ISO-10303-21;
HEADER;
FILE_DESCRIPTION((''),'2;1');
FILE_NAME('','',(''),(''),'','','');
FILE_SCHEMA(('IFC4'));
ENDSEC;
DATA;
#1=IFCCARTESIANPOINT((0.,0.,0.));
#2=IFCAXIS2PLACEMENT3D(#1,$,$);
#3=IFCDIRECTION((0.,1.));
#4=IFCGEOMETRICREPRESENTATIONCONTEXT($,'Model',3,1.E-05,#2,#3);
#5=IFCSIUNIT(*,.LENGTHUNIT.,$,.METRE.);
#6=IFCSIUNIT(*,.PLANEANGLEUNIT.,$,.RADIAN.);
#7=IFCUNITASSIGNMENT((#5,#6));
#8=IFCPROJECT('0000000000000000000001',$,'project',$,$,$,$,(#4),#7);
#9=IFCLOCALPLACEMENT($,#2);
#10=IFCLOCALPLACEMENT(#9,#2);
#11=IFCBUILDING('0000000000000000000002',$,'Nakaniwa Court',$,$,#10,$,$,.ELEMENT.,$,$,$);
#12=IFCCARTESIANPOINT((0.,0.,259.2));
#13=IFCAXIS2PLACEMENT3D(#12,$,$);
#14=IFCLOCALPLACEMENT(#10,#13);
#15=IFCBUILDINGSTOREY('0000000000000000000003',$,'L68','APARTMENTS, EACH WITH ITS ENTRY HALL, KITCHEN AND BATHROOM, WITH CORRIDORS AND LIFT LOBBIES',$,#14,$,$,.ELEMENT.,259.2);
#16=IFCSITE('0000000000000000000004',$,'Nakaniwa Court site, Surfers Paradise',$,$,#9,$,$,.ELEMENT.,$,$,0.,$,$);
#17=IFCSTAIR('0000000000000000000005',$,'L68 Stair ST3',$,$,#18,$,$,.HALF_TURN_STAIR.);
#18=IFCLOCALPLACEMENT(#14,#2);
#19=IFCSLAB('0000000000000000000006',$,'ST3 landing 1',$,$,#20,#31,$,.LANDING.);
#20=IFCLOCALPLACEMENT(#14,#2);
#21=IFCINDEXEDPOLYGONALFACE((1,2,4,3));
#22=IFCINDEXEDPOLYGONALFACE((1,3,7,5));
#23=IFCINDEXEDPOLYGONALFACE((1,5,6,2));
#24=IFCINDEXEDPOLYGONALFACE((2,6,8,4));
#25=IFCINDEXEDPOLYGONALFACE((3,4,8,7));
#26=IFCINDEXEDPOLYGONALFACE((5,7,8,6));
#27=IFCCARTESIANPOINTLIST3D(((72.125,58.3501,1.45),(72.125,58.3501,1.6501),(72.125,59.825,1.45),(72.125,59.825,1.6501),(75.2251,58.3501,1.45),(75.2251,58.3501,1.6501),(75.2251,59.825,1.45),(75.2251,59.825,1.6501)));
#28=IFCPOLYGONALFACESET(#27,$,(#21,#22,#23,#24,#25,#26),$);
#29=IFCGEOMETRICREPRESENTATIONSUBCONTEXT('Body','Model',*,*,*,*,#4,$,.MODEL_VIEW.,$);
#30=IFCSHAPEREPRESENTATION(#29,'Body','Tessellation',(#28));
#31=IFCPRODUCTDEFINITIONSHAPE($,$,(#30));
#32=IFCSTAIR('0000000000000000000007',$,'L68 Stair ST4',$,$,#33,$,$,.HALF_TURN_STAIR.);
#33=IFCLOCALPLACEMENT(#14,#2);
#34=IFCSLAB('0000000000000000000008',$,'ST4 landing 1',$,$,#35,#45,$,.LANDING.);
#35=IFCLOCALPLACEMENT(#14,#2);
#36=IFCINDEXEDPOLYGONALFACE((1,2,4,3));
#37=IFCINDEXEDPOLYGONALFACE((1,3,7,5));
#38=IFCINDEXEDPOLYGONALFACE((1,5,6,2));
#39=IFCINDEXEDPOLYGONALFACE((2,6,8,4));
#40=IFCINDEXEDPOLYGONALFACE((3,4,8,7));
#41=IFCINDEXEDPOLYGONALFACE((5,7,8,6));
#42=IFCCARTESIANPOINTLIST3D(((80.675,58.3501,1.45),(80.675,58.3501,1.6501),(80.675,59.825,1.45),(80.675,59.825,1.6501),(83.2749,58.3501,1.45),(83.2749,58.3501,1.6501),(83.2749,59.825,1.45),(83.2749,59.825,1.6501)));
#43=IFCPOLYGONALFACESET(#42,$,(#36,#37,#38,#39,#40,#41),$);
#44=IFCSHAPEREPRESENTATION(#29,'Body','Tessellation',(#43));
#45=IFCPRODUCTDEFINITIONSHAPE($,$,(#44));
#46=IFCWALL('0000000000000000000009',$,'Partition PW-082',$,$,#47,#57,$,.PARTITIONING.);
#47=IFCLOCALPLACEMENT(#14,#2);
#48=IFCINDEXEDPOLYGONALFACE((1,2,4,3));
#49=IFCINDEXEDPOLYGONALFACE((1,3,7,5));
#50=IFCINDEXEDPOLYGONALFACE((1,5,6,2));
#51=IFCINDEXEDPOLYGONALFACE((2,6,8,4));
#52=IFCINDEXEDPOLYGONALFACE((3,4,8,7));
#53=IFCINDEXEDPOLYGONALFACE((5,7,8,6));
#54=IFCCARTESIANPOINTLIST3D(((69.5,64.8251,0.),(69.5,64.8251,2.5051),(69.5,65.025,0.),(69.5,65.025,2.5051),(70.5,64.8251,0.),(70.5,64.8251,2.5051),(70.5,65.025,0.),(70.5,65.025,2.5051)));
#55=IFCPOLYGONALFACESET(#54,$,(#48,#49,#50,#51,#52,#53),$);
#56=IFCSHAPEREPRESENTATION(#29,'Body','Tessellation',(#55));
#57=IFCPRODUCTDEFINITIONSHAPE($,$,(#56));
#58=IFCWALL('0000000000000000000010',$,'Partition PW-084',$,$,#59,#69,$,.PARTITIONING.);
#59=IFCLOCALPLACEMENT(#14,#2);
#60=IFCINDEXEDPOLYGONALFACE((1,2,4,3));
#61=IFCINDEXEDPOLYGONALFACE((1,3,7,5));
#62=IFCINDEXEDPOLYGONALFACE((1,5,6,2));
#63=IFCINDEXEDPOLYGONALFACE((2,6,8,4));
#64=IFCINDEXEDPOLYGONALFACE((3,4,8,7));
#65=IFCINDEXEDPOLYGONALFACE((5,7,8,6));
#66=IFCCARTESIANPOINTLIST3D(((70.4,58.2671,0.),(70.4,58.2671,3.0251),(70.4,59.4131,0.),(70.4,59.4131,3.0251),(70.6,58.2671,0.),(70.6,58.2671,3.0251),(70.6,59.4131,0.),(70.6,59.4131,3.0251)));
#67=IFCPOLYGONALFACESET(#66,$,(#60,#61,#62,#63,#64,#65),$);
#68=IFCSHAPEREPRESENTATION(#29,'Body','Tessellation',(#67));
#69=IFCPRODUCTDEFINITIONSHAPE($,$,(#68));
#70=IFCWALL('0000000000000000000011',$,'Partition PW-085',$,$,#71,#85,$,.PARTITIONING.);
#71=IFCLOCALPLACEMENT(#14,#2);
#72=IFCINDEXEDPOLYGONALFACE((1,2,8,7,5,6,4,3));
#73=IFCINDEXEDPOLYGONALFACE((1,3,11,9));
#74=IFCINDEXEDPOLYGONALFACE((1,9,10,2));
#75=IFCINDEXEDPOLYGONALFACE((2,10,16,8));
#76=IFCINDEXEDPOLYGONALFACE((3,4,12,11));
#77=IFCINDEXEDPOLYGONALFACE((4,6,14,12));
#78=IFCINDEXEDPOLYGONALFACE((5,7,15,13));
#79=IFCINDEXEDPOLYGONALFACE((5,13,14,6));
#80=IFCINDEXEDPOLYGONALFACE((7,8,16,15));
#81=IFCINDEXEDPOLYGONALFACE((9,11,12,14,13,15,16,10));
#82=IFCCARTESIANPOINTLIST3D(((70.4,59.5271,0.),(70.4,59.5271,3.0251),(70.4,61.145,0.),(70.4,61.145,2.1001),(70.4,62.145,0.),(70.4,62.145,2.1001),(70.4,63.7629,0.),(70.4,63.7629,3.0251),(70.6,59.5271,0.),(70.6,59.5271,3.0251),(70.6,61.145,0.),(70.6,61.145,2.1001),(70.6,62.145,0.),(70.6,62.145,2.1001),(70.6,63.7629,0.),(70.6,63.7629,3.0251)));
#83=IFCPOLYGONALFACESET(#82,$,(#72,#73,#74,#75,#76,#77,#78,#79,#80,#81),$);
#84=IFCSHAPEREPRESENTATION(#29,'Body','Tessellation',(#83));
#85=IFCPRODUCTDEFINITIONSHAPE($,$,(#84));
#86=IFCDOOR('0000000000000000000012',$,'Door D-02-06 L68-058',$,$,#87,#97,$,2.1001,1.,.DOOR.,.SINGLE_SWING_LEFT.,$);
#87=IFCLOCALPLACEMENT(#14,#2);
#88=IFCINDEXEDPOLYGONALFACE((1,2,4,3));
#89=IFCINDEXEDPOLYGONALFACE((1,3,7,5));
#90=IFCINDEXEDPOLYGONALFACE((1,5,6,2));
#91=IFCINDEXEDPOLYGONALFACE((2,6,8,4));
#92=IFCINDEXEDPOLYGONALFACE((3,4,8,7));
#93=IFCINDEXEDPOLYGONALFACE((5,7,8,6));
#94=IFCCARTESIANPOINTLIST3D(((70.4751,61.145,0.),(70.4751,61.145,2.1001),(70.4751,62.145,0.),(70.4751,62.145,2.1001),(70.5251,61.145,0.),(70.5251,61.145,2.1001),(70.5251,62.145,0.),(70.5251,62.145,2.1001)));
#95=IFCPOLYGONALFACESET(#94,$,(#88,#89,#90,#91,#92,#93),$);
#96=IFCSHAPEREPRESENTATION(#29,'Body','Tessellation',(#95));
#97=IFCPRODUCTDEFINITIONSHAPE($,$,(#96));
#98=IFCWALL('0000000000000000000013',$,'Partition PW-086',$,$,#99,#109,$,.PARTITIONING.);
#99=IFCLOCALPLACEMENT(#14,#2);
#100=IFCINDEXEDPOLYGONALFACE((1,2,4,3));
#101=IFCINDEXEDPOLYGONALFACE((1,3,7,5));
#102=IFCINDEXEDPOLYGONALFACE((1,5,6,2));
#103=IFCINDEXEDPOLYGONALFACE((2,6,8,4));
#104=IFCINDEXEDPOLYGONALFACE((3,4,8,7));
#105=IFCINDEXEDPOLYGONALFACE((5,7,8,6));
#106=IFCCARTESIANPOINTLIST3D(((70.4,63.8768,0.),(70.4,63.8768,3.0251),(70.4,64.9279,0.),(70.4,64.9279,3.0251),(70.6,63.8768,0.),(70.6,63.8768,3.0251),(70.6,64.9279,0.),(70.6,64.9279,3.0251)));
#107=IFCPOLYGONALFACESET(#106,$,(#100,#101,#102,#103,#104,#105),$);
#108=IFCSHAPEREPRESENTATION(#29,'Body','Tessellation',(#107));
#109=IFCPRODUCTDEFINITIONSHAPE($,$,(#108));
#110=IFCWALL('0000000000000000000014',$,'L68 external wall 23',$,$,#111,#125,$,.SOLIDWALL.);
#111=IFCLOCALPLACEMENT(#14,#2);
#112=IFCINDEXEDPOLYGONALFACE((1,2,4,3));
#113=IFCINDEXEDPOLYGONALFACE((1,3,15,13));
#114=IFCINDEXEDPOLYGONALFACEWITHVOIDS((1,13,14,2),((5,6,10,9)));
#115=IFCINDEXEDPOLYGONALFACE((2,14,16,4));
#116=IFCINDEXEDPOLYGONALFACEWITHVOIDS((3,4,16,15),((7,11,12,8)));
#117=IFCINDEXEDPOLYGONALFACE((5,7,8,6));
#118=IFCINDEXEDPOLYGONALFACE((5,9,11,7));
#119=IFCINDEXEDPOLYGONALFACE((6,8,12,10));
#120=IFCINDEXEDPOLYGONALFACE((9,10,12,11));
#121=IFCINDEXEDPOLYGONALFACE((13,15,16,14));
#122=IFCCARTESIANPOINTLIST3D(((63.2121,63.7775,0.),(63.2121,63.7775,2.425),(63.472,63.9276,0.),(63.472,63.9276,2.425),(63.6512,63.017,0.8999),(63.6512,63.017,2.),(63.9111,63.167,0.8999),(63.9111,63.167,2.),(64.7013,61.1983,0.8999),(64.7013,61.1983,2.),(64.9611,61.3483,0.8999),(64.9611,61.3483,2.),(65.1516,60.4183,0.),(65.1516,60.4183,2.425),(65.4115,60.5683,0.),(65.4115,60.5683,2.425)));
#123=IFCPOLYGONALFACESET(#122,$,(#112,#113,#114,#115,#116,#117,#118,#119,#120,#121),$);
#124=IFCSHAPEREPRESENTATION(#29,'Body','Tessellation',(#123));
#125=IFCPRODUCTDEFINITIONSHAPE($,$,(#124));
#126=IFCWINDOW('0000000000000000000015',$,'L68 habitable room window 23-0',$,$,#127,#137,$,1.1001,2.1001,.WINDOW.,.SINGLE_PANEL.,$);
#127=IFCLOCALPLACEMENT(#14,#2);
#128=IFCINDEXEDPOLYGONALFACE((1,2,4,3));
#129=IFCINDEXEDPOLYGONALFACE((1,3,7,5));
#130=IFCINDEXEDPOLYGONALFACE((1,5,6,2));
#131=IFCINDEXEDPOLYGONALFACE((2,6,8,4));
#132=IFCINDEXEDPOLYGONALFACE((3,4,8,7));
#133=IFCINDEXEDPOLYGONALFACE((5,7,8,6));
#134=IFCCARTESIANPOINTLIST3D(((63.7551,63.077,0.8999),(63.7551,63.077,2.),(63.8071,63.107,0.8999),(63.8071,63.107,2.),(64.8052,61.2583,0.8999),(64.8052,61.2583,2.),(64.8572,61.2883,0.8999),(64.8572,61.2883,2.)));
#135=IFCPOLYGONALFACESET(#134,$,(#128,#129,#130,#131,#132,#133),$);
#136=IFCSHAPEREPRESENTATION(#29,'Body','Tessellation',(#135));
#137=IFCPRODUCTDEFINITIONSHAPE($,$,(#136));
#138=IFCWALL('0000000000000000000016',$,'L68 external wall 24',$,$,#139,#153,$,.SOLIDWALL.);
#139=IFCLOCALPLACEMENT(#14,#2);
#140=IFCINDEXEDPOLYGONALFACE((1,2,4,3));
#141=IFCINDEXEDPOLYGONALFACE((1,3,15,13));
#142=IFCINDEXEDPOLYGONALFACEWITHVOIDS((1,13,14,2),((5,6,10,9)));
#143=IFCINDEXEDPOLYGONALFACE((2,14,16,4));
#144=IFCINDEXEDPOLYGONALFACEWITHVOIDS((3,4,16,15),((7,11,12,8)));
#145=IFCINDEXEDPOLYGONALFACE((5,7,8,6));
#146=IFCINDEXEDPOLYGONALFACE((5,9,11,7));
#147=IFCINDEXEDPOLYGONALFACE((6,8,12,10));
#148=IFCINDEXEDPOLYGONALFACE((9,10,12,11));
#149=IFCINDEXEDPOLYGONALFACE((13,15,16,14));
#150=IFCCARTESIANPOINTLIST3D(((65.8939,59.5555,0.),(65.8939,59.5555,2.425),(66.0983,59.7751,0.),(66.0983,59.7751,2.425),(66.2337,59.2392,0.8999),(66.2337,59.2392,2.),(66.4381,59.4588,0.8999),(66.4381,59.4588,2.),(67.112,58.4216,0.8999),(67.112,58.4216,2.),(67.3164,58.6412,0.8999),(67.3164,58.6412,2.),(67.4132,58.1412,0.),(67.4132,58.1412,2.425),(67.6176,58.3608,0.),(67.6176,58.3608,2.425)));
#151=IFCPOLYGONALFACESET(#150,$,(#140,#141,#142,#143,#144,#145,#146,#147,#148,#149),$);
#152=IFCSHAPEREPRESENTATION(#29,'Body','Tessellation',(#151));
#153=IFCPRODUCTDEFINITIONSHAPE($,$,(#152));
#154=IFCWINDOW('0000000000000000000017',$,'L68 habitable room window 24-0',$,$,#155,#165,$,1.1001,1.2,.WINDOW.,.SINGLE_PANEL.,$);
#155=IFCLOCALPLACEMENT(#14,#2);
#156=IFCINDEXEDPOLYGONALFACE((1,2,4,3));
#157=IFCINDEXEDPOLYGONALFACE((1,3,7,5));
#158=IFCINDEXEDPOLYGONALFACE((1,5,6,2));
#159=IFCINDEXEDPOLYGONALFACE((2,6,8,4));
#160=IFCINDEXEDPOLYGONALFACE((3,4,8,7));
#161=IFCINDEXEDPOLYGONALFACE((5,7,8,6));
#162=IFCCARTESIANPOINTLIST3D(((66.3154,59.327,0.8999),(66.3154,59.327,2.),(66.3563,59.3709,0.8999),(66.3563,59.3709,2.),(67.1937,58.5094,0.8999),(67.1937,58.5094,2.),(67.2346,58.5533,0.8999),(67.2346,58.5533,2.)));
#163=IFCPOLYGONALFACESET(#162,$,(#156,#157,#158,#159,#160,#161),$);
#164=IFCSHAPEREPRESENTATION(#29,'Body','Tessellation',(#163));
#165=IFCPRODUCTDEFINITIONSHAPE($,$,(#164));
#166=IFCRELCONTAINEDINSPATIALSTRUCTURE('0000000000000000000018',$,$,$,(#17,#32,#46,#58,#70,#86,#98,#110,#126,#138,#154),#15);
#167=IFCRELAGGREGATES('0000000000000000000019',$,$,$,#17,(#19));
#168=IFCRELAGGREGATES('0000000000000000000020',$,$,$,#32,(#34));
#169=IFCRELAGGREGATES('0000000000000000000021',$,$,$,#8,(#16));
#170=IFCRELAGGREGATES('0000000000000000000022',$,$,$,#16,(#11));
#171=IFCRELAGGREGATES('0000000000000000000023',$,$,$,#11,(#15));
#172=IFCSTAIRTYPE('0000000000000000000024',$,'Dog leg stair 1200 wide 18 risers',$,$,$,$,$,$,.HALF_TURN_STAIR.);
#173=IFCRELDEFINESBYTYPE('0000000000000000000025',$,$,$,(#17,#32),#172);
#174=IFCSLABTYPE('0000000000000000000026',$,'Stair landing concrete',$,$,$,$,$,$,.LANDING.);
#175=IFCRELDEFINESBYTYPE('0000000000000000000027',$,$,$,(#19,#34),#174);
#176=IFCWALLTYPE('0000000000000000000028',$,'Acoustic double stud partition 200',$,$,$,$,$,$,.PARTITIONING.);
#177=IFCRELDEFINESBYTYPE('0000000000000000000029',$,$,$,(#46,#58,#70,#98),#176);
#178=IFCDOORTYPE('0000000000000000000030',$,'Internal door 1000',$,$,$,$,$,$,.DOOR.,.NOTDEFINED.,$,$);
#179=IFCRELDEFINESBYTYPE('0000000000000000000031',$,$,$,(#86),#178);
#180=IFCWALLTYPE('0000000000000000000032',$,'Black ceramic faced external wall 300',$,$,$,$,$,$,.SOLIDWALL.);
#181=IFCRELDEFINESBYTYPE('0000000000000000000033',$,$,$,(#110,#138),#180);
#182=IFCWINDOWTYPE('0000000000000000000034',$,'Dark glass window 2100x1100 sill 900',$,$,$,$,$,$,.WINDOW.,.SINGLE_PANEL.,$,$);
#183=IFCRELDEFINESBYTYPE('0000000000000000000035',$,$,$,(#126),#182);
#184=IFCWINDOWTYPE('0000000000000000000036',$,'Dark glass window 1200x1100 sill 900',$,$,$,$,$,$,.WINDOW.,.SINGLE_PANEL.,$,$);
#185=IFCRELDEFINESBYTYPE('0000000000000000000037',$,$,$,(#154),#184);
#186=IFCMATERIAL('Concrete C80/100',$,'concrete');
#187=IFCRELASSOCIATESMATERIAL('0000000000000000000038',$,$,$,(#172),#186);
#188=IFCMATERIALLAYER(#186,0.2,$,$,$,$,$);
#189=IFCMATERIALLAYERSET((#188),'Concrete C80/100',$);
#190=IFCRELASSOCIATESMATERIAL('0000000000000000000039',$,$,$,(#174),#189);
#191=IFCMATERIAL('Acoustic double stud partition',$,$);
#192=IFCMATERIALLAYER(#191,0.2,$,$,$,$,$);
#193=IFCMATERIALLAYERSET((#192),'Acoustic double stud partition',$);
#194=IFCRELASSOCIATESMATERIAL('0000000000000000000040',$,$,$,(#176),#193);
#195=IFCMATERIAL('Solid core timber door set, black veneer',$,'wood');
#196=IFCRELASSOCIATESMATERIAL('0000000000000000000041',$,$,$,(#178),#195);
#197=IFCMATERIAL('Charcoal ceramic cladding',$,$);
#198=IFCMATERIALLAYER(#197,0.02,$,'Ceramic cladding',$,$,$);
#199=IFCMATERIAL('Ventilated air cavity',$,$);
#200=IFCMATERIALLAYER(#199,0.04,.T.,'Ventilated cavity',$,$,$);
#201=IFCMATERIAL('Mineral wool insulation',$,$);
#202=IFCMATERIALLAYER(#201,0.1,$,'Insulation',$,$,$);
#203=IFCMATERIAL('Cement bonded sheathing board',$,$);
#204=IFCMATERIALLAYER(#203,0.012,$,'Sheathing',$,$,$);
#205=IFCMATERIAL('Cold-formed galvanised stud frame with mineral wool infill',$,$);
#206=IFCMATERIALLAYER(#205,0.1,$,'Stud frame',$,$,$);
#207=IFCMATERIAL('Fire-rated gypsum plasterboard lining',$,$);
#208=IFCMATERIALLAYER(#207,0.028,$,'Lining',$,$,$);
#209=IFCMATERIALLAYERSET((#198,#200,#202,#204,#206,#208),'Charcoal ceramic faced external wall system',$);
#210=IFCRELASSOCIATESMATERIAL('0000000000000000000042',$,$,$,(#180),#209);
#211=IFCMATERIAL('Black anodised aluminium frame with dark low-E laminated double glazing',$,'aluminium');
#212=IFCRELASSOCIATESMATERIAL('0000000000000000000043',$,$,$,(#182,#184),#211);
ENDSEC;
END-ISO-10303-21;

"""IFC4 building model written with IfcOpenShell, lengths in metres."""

from ifc_helpers import new_model, si_unit, direction, frame, frame_2d, origin, place, context, subcontext, project, spatial, polyline, rectangle, outline, extrude, material, layer, layer_set, type_object, element, fill, aggregate, save


model = new_model("IFC4")

# Units and contexts
model_context = context("Model", 3, precision=1e-05, world=origin(), true_north=direction((0.0, 1.0)))
body_context = subcontext(model_context, "Body", "Model", "MODEL_VIEW")
ifc_project = project(units=[si_unit("LENGTHUNIT", "METRE"), si_unit("PLANEANGLEUNIT", "RADIAN")], contexts=[model_context])

# Site, building, storey
site_placement = place(None, origin())
site = spatial("IfcSite", under=ifc_project, at=site_placement, Name="Nakaniwa Court site, Surfers Paradise", CompositionType="ELEMENT", RefElevation=0.0)
building_placement = place(site_placement, origin())
building = spatial("IfcBuilding", under=site, at=building_placement, Name="Nakaniwa Court", CompositionType="ELEMENT")
storey_placement = place(building_placement, frame((0.0, 0.0, 259.2)))
storey = spatial("IfcBuildingStorey", under=building, at=storey_placement, Name="L68", Description="APARTMENTS, EACH WITH ITS ENTRY HALL, KITCHEN AND BATHROOM, WITH CORRIDORS AND LIFT LOBBIES", CompositionType="ELEMENT", Elevation=259.2)

# Shared definitions
ifc_material_1 = material(Name="Concrete C80/100", Category="concrete")

# Stairs, slabs
stair_type = type_object("IfcStairType", Name="Dog leg stair 1200 wide 18 risers", PredefinedType="HALF_TURN_STAIR", material=ifc_material_1)
ifc_layer_1 = layer(ifc_material_1, 0.2)
ifc_layer_set_1 = layer_set([ifc_layer_1], Name="Concrete C80/100")
slab_type_1 = type_object("IfcSlabType", Name="Stair landing concrete", PredefinedType="LANDING", material=ifc_layer_set_1)
stair_1_placement = place(storey_placement, origin())
stair_1 = element("IfcStair", 1, at=stair_1_placement, inside=storey, type_object=stair_type, Name="L68 Stair ST3", PredefinedType="HALF_TURN_STAIR")
slab_1_placement = place(storey_placement, frame((0.0, 0.0, 1.45)))
slab_1 = element("IfcSlab", 2, at=slab_1_placement, type_object=slab_type_1, Name="ST3 landing 1", PredefinedType="LANDING", context=body_context, shape_type="SweptSolid", body=[
    extrude(outline(polyline([(75.2251, 58.3501), (75.2251, 59.825), (72.125, 59.825), (72.125, 58.3501), (75.2251, 58.3501)])), origin(), (0.0, 0.0, 1.0), 0.2002),
])
aggregate(stair_1, [slab_1])
stair_2_placement = place(storey_placement, origin())
stair_2 = element("IfcStair", 3, at=stair_2_placement, inside=storey, type_object=stair_type, Name="L68 Stair ST4", PredefinedType="HALF_TURN_STAIR")
slab_2_placement = place(storey_placement, frame((0.0, 0.0, 1.45)))
slab_2 = element("IfcSlab", 4, at=slab_2_placement, type_object=slab_type_1, Name="ST4 landing 1", PredefinedType="LANDING", context=body_context, shape_type="SweptSolid", body=[
    extrude(outline(polyline([(83.2749, 58.3501), (83.2749, 59.825), (80.675, 59.825), (80.675, 58.3501), (83.2749, 58.3501)])), origin(), (0.0, 0.0, 1.0), 0.2002),
])
aggregate(stair_2, [slab_2])

# Walls
ifc_material_2 = material(Name="Acoustic double stud partition")
ifc_layer_2 = layer(ifc_material_2, 0.2)
ifc_layer_set_2 = layer_set([ifc_layer_2], Name="Acoustic double stud partition")
wall_type_1 = type_object("IfcWallType", Name="Acoustic double stud partition 200", PredefinedType="PARTITIONING", material=ifc_layer_set_2)
wall_1_placement = place(storey_placement, frame((69.5, 64.925, 0.0), z_axis=(0.0, 0.0, 1.0), x_axis=(1.0, 0.0, 0.0)))
element("IfcWall", 5, at=wall_1_placement, inside=storey, type_object=wall_type_1, Name="Partition PW-082", PredefinedType="PARTITIONING", context=body_context, shape_type="SweptSolid", body=[
    extrude(rectangle(XDim=1.0, YDim=0.2, at=frame_2d((0.5, 0.0))), origin(), (0.0, 0.0, 1.0), 2.5051),
])
wall_2_placement = place(storey_placement, frame((70.5, 58.2671, 0.0), z_axis=(0.0, 0.0, 1.0), x_axis=(0.0, 1.0, 0.0)))
element("IfcWall", 6, at=wall_2_placement, inside=storey, type_object=wall_type_1, Name="Partition PW-084", PredefinedType="PARTITIONING", context=body_context, shape_type="SweptSolid", body=[
    extrude(rectangle(XDim=1.146, YDim=0.2, at=frame_2d((0.573, 0.0))), origin(), (0.0, 0.0, 1.0), 3.0251),
])

# Wall, opening, door
wall_3_placement = place(storey_placement, frame((70.5, 59.5271, 0.0), z_axis=(0.0, 0.0, 1.0), x_axis=(0.0, 1.0, 0.0)))
wall_3 = element("IfcWall", 7, at=wall_3_placement, inside=storey, type_object=wall_type_1, Name="Partition PW-085", PredefinedType="PARTITIONING", context=body_context, shape_type="SweptSolid", body=[
    extrude(rectangle(XDim=4.2358, YDim=0.2, at=frame_2d((2.1179, 0.0))), origin(), (0.0, 0.0, 1.0), 3.0251),
])
opening_1_placement = place(wall_3_placement, frame((1.6179, 0.0, 0.0)))
opening_1 = element("IfcOpeningElement", 8, at=opening_1_placement, cuts=wall_3, PredefinedType="OPENING", context=body_context, shape_type="SweptSolid", body=[
    extrude(rectangle(XDim=1.0, YDim=2.1001, at=frame_2d((0.5, 1.05))), frame((0.0, 0.1099, 0.0), z_axis=(0.0, -1.0, 0.0), x_axis=(1.0, 0.0, 0.0)), (0.0, 0.0, 1.0), 0.22),
])
ifc_material_3 = material(Name="Solid core timber door set, black veneer", Category="wood")
door_type = type_object("IfcDoorType", Name="Internal door 1000", OperationType="NOTDEFINED", PredefinedType="DOOR", material=ifc_material_3)
door_placement = place(opening_1_placement, origin())
door = element("IfcDoor", 9, at=door_placement, inside=storey, type_object=door_type, Name="Door D-02-06 L68-058", OperationType="SINGLE_SWING_LEFT", OverallHeight=2.1001, OverallWidth=1.0, PredefinedType="DOOR", context=body_context, shape_type="SweptSolid", body=[
    extrude(rectangle(XDim=1.0, YDim=2.1001, at=frame_2d((0.5, 1.05))), frame((0.0, 0.0249, 0.0), z_axis=(0.0, -1.0, 0.0), x_axis=(1.0, 0.0, 0.0)), (0.0, 0.0, 1.0), 0.05),
])
fill(opening_1, door)

# Wall
wall_4_placement = place(storey_placement, frame((70.5, 63.877, 0.0), z_axis=(0.0, 0.0, 1.0), x_axis=(0.0, 1.0, 0.0)))
element("IfcWall", 10, at=wall_4_placement, inside=storey, type_object=wall_type_1, Name="Partition PW-086", PredefinedType="PARTITIONING", context=body_context, shape_type="SweptSolid", body=[
    extrude(rectangle(XDim=1.051, YDim=0.2, at=frame_2d((0.5254, 0.0))), origin(), (0.0, 0.0, 1.0), 3.0251),
])

# Walls, openings, windows
ifc_material_4 = material(Name="Charcoal ceramic cladding")
ifc_layer_3 = layer(ifc_material_4, 0.02, Name="Ceramic cladding")
ifc_material_5 = material(Name="Ventilated air cavity")
ifc_layer_4 = layer(ifc_material_5, 0.04, ventilated=True, Name="Ventilated cavity")
ifc_material_6 = material(Name="Mineral wool insulation")
ifc_layer_5 = layer(ifc_material_6, 0.1, Name="Insulation")
ifc_material_7 = material(Name="Cement bonded sheathing board")
ifc_layer_6 = layer(ifc_material_7, 0.012, Name="Sheathing")
ifc_material_8 = material(Name="Cold-formed galvanised stud frame with mineral wool infill")
ifc_layer_7 = layer(ifc_material_8, 0.1, Name="Stud frame")
ifc_material_9 = material(Name="Fire-rated gypsum plasterboard lining")
ifc_layer_8 = layer(ifc_material_9, 0.028, Name="Lining")
ifc_layer_set_3 = layer_set([ifc_layer_3, ifc_layer_4, ifc_layer_5, ifc_layer_6, ifc_layer_7, ifc_layer_8], Name="Charcoal ceramic faced external wall system")
wall_type_2 = type_object("IfcWallType", Name="Black ceramic faced external wall 300", PredefinedType="SOLIDWALL", material=ifc_layer_set_3)
wall_5_placement = place(storey_placement, frame((63.342, 63.8525, 0.0), z_axis=(0.0, 0.0, 1.0), x_axis=(0.500011, -0.866019, 0.0)))
wall_5 = element("IfcWall", 11, at=wall_5_placement, inside=storey, type_object=wall_type_2, Name="L68 external wall 23", PredefinedType="SOLIDWALL", context=body_context, shape_type="SweptSolid", body=[
    extrude(rectangle(XDim=3.8789, YDim=0.3, at=frame_2d((1.9395, 0.0))), origin(), (0.0, 0.0, 1.0), 2.425),
])
opening_2_placement = place(wall_5_placement, frame((0.8782, 0.0, 0.8999)))
opening_2 = element("IfcOpeningElement", 12, at=opening_2_placement, cuts=wall_5, PredefinedType="OPENING", context=body_context, shape_type="SweptSolid", body=[
    extrude(rectangle(XDim=2.1001, YDim=1.1001, at=frame_2d((1.05, 0.55))), frame((0.0, 0.1599, 0.0), z_axis=(0.0, -1.0, 0.0), x_axis=(1.0, 0.0, 0.0)), (0.0, 0.0, 1.0), 0.3201),
])
ifc_material_10 = material(Name="Black anodised aluminium frame with dark low-E laminated double glazing", Category="aluminium")
window_type_1 = type_object("IfcWindowType", Name="Dark glass window 2100x1100 sill 900", PartitioningType="SINGLE_PANEL", PredefinedType="WINDOW", material=ifc_material_10)
window_1_placement = place(opening_2_placement, origin())
window_1 = element("IfcWindow", 13, at=window_1_placement, inside=storey, type_object=window_type_1, Name="L68 habitable room window 23-0", OverallHeight=1.1001, OverallWidth=2.1001, PartitioningType="SINGLE_PANEL", PredefinedType="WINDOW", context=body_context, shape_type="SweptSolid", body=[
    extrude(rectangle(XDim=2.1001, YDim=1.1001, at=frame_2d((1.05, 0.55))), frame((0.0, 0.03, 0.0), z_axis=(0.0, -1.0, 0.0), x_axis=(1.0, 0.0, 0.0)), (0.0, 0.0, 1.0), 0.0601),
])
fill(opening_2, window_1)
wall_6_placement = place(storey_placement, frame((65.9961, 59.6653, 0.0), z_axis=(0.0, 0.0, 1.0), x_axis=(0.731943, -0.681366, 0.0)))
wall_6 = element("IfcWall", 14, at=wall_6_placement, inside=storey, type_object=wall_type_2, Name="L68 external wall 24", PredefinedType="SOLIDWALL", context=body_context, shape_type="SweptSolid", body=[
    extrude(rectangle(XDim=2.0757, YDim=0.3, at=frame_2d((1.0378, 0.0))), origin(), (0.0, 0.0, 1.0), 2.425),
])
opening_3_placement = place(wall_6_placement, frame((0.4641, 0.0, 0.8999)))
opening_3 = element("IfcOpeningElement", 15, at=opening_3_placement, cuts=wall_6, PredefinedType="OPENING", context=body_context, shape_type="SweptSolid", body=[
    extrude(rectangle(XDim=1.2, YDim=1.1001, at=frame_2d((0.6001, 0.55))), frame((0.0, 0.1599, 0.0), z_axis=(0.0, -1.0, 0.0), x_axis=(1.0, 0.0, 0.0)), (0.0, 0.0, 1.0), 0.3201),
])
window_type_2 = type_object("IfcWindowType", Name="Dark glass window 1200x1100 sill 900", PartitioningType="SINGLE_PANEL", PredefinedType="WINDOW", material=ifc_material_10)
window_2_placement = place(opening_3_placement, origin())
window_2 = element("IfcWindow", 16, at=window_2_placement, inside=storey, type_object=window_type_2, Name="L68 habitable room window 24-0", OverallHeight=1.1001, OverallWidth=1.2, PartitioningType="SINGLE_PANEL", PredefinedType="WINDOW", context=body_context, shape_type="SweptSolid", body=[
    extrude(rectangle(XDim=1.2, YDim=1.1001, at=frame_2d((0.6001, 0.55))), frame((0.0, 0.03, 0.0), z_axis=(0.0, -1.0, 0.0), x_axis=(1.0, 0.0, 0.0)), (0.0, 0.0, 1.0), 0.0601),
])
fill(opening_3, window_2)

save(model, "model.ifc")
